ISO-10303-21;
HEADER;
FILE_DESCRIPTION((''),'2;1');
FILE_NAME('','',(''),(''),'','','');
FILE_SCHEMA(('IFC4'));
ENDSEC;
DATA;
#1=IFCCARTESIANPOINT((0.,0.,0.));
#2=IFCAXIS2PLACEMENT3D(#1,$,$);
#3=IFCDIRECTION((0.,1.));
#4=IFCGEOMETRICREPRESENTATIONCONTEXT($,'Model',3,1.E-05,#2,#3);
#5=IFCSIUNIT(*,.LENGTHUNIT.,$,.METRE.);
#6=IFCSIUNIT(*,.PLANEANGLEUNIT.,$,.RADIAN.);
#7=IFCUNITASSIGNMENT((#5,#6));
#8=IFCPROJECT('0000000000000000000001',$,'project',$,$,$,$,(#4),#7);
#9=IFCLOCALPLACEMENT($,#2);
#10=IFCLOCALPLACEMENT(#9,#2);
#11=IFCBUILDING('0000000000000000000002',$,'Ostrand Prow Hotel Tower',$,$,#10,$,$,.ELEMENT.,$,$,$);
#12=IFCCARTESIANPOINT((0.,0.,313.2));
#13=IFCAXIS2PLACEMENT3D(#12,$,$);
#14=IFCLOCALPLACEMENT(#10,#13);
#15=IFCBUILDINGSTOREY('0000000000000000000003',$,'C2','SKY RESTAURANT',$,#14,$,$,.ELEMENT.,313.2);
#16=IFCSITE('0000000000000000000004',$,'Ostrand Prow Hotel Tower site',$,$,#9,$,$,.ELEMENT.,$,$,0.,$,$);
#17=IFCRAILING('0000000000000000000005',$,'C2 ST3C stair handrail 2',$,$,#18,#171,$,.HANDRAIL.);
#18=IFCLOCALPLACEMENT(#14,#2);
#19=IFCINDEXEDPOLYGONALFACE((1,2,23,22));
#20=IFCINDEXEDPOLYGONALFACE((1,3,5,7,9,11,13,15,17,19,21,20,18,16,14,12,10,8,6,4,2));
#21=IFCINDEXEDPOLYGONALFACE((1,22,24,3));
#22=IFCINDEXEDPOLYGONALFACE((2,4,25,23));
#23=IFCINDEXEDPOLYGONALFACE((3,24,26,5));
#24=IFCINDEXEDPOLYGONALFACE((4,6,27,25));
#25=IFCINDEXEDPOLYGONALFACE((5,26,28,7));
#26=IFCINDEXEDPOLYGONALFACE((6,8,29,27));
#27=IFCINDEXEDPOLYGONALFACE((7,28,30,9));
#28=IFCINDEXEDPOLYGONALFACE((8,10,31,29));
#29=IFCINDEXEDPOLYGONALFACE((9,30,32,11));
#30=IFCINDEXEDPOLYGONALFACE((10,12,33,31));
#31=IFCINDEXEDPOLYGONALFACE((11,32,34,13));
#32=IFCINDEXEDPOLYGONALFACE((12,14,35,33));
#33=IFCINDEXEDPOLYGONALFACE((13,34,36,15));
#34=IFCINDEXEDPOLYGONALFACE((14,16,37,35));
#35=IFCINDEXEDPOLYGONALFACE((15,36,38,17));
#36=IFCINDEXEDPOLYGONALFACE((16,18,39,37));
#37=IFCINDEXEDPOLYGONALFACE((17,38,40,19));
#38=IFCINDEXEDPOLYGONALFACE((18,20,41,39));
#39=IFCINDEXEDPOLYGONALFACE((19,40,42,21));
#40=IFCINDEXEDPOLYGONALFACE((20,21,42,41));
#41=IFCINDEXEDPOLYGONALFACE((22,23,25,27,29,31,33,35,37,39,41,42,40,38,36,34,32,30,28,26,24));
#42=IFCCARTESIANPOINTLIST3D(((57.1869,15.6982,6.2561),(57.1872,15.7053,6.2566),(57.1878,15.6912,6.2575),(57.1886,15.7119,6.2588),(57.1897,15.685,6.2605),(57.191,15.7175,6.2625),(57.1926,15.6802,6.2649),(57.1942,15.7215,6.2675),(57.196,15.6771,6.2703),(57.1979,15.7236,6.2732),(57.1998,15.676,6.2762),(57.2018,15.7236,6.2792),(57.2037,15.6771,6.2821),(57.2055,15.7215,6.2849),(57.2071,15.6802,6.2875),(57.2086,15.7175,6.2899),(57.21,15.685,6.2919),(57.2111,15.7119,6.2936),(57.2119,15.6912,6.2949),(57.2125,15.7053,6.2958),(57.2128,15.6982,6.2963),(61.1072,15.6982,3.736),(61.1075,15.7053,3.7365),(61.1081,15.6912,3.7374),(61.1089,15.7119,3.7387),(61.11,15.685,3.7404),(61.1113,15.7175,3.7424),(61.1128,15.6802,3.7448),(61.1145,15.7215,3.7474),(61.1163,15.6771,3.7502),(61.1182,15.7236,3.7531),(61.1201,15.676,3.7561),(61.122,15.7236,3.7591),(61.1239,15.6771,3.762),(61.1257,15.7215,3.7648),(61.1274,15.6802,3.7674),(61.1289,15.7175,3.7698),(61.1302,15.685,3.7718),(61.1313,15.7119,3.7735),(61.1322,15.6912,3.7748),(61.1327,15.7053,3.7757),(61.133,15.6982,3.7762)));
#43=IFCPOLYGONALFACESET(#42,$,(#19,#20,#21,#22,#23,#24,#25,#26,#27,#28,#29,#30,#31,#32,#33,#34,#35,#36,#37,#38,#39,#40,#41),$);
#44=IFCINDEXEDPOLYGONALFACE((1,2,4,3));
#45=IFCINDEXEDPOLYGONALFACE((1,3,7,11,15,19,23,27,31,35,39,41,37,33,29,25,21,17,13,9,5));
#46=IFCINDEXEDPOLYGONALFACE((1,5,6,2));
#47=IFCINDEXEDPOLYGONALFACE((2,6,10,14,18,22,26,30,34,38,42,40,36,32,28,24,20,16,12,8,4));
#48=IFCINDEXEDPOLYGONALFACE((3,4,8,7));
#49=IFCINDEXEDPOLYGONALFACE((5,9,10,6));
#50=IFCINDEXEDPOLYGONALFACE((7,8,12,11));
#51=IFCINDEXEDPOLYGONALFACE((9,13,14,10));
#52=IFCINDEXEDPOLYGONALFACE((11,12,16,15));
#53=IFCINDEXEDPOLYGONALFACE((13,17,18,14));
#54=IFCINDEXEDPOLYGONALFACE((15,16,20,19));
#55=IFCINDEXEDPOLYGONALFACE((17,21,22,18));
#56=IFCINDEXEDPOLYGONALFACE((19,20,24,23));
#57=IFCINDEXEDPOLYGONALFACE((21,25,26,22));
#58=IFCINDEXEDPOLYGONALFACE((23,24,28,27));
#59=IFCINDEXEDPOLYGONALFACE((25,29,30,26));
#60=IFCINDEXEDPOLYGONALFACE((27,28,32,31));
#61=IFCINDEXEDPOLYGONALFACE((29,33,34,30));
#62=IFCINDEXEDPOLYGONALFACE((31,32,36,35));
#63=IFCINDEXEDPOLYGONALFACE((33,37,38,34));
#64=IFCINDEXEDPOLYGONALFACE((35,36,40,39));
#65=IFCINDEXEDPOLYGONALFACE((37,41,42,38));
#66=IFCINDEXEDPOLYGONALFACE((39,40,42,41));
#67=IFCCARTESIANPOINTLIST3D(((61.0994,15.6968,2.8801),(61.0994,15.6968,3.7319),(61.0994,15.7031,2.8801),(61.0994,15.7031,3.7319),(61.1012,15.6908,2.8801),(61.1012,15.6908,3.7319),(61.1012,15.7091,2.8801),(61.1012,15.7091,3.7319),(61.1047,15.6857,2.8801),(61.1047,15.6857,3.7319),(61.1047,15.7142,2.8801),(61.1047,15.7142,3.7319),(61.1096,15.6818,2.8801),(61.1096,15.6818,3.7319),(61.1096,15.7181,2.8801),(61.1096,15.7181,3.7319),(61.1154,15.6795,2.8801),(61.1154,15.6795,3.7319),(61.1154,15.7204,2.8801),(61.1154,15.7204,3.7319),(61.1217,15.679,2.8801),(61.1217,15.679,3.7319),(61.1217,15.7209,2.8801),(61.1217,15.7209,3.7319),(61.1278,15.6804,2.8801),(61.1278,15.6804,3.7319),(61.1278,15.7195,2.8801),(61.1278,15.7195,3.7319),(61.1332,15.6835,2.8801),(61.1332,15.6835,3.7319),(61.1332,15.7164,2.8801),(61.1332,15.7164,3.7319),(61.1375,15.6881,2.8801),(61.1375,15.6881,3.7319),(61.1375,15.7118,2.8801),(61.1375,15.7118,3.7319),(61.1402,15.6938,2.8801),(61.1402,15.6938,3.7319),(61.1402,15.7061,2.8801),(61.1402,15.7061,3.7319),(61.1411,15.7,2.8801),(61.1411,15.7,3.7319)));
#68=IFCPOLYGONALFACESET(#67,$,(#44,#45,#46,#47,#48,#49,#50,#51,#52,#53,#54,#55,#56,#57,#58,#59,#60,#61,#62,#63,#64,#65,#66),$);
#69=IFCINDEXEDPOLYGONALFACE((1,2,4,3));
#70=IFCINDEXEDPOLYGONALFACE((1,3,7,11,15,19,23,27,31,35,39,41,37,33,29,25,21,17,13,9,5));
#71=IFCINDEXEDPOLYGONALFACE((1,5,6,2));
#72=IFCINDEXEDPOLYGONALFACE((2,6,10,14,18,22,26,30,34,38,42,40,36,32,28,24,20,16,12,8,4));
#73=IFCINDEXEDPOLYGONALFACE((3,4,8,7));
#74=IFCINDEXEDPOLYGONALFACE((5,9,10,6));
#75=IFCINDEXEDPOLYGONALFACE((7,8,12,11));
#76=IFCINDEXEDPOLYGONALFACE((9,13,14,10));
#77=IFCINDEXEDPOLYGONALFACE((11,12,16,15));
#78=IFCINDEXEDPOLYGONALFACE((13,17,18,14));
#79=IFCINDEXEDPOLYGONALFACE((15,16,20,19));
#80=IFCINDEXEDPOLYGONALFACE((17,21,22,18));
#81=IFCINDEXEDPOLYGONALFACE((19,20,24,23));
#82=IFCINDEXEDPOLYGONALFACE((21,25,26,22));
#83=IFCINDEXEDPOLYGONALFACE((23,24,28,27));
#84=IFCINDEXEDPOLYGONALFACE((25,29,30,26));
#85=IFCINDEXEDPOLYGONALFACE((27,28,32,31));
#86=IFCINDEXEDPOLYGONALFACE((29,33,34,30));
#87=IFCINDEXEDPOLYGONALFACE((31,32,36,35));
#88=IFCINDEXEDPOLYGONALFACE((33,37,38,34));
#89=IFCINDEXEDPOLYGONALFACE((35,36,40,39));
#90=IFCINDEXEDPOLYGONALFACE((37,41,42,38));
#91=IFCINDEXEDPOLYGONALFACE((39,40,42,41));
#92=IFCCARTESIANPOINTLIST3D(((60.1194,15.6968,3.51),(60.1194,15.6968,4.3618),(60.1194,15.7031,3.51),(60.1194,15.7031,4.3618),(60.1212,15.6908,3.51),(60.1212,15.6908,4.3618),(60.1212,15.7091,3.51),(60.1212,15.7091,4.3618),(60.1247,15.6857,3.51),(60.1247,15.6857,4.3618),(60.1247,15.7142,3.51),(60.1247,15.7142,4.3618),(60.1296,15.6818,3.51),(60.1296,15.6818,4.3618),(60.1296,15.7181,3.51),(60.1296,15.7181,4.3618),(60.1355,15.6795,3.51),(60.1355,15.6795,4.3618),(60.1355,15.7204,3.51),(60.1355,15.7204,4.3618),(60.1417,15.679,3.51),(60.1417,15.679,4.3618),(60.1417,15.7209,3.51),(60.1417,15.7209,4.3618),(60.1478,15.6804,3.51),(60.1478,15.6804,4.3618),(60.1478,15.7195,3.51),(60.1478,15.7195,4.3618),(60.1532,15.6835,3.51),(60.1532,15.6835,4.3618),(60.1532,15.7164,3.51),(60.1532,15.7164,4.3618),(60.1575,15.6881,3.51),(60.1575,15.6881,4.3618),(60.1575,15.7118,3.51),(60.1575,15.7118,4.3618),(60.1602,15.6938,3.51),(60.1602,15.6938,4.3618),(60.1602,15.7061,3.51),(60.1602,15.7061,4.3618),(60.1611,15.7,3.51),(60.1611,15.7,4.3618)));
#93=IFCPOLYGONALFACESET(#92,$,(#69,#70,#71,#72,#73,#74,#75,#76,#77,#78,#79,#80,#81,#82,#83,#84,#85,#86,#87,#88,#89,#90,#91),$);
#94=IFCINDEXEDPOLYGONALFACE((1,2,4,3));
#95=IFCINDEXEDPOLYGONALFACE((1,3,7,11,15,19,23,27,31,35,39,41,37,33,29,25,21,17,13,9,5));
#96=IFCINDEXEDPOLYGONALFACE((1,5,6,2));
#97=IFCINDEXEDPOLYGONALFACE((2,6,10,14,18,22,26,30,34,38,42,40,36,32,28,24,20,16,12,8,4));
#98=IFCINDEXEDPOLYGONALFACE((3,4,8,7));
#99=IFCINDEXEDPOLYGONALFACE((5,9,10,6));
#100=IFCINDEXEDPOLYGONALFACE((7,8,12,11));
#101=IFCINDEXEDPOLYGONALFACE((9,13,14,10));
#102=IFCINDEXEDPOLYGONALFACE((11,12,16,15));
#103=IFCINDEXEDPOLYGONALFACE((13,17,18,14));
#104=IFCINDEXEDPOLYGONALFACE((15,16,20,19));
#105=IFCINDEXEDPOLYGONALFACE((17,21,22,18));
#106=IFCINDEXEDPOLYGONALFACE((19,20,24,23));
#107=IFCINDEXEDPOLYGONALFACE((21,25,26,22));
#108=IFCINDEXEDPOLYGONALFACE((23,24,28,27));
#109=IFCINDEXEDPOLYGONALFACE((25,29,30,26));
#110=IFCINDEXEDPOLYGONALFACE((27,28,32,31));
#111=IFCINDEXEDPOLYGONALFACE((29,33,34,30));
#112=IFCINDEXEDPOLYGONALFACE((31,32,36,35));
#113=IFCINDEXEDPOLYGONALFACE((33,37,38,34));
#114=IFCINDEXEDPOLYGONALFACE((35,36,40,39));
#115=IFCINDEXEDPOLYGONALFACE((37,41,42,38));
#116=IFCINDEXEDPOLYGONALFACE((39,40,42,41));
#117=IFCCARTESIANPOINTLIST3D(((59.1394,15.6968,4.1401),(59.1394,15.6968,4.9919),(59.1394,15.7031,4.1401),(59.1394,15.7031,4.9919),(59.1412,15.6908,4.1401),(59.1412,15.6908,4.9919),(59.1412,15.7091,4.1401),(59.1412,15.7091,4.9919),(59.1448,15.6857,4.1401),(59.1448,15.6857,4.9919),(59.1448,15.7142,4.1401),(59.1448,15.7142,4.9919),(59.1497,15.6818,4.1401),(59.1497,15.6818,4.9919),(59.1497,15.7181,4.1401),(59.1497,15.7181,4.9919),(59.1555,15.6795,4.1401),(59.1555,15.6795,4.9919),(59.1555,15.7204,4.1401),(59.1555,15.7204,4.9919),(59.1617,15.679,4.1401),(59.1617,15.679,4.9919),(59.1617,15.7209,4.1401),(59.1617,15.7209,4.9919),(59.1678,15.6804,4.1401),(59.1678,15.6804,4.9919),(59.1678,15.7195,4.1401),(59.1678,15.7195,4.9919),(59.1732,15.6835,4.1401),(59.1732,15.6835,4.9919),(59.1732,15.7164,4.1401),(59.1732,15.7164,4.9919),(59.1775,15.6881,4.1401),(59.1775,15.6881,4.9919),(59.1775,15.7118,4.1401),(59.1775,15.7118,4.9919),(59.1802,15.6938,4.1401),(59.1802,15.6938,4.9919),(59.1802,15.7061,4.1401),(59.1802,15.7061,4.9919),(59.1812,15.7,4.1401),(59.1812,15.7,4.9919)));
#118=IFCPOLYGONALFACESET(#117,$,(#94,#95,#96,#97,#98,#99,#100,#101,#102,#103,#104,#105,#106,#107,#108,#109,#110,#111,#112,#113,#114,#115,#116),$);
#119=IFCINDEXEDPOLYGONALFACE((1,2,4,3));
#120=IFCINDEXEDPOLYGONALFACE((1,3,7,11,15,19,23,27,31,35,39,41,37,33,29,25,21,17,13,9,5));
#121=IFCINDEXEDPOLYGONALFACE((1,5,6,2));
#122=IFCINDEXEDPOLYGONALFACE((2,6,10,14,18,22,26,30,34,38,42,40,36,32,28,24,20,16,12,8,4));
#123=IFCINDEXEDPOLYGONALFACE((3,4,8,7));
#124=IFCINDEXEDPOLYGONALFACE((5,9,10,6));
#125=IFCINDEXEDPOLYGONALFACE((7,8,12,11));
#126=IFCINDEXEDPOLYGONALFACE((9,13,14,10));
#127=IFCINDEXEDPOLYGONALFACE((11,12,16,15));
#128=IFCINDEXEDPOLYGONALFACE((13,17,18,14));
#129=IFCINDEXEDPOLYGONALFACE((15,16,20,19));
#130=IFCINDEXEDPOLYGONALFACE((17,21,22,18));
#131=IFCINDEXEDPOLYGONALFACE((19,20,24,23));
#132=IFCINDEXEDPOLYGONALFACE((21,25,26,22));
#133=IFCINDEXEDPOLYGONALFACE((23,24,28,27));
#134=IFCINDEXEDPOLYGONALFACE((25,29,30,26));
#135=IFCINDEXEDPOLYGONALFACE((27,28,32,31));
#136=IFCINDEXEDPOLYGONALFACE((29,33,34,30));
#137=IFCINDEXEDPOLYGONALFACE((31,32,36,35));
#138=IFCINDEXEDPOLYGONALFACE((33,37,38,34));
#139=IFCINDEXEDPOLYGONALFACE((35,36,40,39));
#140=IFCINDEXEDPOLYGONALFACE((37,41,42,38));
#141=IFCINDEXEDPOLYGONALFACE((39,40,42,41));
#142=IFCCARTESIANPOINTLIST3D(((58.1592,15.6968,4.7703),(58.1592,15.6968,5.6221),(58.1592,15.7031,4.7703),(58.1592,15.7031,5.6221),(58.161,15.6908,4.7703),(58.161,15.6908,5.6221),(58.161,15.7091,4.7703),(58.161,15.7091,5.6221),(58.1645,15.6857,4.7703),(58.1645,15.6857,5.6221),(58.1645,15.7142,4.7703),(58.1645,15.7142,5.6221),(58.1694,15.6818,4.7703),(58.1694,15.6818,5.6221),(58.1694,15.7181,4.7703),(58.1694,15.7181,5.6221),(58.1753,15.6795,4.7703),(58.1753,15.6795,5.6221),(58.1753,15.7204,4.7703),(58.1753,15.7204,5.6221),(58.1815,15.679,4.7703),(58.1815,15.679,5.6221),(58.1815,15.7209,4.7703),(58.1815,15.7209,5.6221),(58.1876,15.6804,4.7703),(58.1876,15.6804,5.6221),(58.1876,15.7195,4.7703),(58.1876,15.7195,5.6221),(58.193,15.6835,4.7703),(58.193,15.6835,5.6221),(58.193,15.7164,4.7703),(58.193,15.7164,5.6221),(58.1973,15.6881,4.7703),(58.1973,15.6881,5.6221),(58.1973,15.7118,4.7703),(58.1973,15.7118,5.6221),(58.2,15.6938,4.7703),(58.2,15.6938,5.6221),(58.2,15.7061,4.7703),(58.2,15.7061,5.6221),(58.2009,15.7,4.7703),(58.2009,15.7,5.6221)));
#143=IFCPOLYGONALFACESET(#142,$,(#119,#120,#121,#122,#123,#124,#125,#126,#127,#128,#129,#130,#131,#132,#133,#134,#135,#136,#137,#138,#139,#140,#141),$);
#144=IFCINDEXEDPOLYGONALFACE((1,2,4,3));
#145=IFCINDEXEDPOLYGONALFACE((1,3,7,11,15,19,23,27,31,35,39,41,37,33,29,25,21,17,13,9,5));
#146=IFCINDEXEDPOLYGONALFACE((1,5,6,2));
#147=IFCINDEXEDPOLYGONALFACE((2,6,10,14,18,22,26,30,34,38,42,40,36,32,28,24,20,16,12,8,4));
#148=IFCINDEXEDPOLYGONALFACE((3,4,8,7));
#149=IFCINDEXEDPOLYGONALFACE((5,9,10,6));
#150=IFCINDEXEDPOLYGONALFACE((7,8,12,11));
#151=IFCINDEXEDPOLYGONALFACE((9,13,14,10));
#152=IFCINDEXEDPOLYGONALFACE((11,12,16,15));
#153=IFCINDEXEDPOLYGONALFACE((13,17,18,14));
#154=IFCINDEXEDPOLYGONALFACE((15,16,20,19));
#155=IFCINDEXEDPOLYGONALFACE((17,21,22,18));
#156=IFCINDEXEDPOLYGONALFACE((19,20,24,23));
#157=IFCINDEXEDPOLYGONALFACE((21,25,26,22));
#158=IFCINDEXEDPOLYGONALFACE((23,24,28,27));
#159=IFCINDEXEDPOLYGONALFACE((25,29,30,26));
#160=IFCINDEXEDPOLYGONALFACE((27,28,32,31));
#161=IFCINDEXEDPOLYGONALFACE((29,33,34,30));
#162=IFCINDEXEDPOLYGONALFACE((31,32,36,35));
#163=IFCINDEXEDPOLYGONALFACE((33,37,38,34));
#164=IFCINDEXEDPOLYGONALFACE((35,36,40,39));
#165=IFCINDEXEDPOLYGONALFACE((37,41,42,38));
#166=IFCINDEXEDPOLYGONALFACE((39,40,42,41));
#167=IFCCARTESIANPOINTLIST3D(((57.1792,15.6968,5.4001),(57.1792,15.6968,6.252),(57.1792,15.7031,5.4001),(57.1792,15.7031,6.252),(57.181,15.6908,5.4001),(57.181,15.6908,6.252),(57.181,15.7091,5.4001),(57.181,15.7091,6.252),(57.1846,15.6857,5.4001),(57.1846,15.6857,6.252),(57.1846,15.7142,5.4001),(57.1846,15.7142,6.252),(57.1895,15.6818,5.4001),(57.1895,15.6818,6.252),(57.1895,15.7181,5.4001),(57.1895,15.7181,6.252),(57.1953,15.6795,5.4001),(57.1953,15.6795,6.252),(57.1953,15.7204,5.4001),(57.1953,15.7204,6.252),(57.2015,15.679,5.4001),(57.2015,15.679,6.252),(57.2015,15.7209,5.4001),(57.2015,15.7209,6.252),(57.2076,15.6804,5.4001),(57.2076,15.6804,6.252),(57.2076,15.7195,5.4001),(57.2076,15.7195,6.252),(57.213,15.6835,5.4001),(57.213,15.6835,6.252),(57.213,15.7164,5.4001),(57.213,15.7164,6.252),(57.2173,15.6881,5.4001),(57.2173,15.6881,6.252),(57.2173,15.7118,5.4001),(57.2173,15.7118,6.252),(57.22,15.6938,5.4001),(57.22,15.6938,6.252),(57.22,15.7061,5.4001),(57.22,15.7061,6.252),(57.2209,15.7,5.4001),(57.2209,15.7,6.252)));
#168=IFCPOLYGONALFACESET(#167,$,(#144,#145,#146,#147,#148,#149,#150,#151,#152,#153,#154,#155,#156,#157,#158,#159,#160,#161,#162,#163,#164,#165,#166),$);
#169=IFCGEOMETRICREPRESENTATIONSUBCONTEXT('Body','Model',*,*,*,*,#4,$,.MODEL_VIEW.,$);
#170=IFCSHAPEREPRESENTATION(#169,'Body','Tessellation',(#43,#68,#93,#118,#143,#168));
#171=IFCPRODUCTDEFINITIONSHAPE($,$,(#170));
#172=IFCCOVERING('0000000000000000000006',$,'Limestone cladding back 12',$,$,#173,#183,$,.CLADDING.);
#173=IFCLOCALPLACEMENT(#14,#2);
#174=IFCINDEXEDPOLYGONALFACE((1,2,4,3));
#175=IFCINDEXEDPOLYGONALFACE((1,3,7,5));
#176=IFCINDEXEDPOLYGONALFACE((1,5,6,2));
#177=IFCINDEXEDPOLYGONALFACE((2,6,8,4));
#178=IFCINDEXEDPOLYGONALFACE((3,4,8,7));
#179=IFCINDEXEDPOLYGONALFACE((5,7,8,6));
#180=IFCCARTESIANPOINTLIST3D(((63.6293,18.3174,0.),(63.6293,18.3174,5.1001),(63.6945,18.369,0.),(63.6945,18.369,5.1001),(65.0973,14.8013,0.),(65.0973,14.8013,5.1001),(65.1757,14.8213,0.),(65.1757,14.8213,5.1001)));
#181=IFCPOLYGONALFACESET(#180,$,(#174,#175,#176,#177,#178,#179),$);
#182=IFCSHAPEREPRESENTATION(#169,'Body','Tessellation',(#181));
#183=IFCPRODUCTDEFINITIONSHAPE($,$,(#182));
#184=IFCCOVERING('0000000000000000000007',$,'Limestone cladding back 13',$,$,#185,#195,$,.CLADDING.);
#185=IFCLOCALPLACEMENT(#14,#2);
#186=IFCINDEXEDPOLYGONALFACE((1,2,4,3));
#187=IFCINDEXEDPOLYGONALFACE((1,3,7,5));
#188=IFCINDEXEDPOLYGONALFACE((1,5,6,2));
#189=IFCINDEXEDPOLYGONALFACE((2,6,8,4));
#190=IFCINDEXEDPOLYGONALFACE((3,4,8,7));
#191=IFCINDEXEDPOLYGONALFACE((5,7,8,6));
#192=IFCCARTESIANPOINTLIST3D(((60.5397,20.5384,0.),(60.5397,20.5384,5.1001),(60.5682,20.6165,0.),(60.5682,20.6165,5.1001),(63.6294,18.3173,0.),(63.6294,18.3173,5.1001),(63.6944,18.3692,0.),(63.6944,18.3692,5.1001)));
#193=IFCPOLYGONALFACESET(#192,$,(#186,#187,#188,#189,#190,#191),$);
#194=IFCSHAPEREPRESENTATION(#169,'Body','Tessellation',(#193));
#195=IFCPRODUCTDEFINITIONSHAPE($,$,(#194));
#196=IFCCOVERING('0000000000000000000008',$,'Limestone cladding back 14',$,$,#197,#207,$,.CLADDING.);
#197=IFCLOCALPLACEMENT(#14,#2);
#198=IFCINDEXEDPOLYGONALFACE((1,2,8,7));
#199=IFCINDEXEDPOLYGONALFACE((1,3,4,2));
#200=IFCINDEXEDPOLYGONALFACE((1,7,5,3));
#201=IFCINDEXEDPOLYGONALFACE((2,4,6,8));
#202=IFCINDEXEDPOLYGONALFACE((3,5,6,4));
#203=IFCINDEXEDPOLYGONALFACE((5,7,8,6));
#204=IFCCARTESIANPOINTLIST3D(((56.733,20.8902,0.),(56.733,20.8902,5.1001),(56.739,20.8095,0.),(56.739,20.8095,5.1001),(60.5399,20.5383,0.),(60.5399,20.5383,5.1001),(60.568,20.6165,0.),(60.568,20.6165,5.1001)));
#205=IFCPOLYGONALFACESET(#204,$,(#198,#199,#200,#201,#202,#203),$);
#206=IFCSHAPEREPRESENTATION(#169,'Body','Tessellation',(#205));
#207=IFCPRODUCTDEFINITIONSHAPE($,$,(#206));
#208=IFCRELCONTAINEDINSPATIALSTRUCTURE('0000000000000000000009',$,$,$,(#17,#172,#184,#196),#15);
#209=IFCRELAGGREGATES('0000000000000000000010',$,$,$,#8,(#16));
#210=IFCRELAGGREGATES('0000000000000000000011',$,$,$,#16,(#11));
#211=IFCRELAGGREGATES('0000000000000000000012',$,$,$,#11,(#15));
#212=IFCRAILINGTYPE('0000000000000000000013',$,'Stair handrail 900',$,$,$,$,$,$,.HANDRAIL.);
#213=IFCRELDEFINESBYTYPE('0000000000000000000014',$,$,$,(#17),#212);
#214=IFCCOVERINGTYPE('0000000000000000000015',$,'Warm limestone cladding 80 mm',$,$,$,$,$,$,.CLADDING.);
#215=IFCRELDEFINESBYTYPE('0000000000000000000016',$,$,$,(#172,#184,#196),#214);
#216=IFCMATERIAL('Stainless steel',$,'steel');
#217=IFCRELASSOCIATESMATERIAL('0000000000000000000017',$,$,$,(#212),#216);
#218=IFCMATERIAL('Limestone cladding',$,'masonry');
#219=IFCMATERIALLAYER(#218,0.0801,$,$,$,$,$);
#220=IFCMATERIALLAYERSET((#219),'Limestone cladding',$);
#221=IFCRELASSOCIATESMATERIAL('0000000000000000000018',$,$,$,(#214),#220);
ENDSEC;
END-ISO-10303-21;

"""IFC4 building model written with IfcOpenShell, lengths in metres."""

from ifc_helpers import new_model, si_unit, direction, frame, origin, origin_2d, place, context, subcontext, project, spatial, polyline, circle, outline, extrude, material, layer, layer_set, type_object, element, save


model = new_model("IFC4")

# Units and contexts
model_context = context("Model", 3, precision=1e-05, world=origin(), true_north=direction((0.0, 1.0)))
body_context = subcontext(model_context, "Body", "Model", "MODEL_VIEW")
ifc_project = project(units=[si_unit("LENGTHUNIT", "METRE"), si_unit("PLANEANGLEUNIT", "RADIAN")], contexts=[model_context])

# Site, building, storey
site_placement = place(None, origin())
site = spatial("IfcSite", under=ifc_project, at=site_placement, Name="Ostrand Prow Hotel Tower site", CompositionType="ELEMENT", RefElevation=0.0)
building_placement = place(site_placement, origin())
building = spatial("IfcBuilding", under=site, at=building_placement, Name="Ostrand Prow Hotel Tower", CompositionType="ELEMENT")
storey_placement = place(building_placement, frame((0.0, 0.0, 313.2)))
storey = spatial("IfcBuildingStorey", under=building, at=storey_placement, Name="C2", Description="SKY RESTAURANT", CompositionType="ELEMENT", Elevation=313.2)

# Railing
ifc_material_1 = material(Name="Stainless steel", Category="steel")
railing_type_1 = type_object("IfcRailingType", Name="Stair handrail 900", PredefinedType="HANDRAIL", material=ifc_material_1)
railing_1_placement = place(storey_placement, frame((61.1201, 15.7, 2.8801)))
element("IfcRailing", 1, at=railing_1_placement, inside=storey, type_object=railing_type_1, Name="C2 ST3C stair handrail 2", PredefinedType="HANDRAIL", context=body_context, shape_type="SweptSolid", body=[
    extrude(circle(Radius=0.0239, at=origin_2d()), frame((0.0, 0.0, 0.876), z_axis=(-0.841187, 0.0, 0.540744), x_axis=(0.0, -1.0, 0.0)), (0.0, 0.0, 1.0), 4.6604),
    extrude(circle(Radius=0.021, at=origin_2d()), origin(), (0.0, 0.0, 1.0), 0.8518),
    extrude(circle(Radius=0.021, at=origin_2d()), frame((-0.98, 0.0, 0.6299)), (0.0, 0.0, 1.0), 0.8518),
    extrude(circle(Radius=0.021, at=origin_2d()), frame((-1.96, 0.0, 1.26)), (0.0, 0.0, 1.0), 0.8518),
    extrude(circle(Radius=0.021, at=origin_2d()), frame((-2.9402, 0.0, 1.8901)), (0.0, 0.0, 1.0), 0.8518),
    extrude(circle(Radius=0.021, at=origin_2d()), frame((-3.9202, 0.0, 2.52)), (0.0, 0.0, 1.0), 0.8518),
])

# Coverings
ifc_material_2 = material(Name="Limestone cladding", Category="masonry")
ifc_layer_1 = layer(ifc_material_2, 0.0801)
ifc_layer_set_1 = layer_set([ifc_layer_1], Name="Limestone cladding")
covering_type = type_object("IfcCoveringType", Name="Warm limestone cladding 80 mm", PredefinedType="CLADDING", material=ifc_layer_set_1)
covering_1_placement = place(storey_placement, frame((65.1365, 14.8113, 0.0), z_axis=(0.0, 0.0, 1.0), x_axis=(-0.385272, 0.922803, 0.0)))
element("IfcCovering", 2, at=covering_1_placement, inside=storey, type_object=covering_type, Name="Limestone cladding back 12", PredefinedType="CLADDING", context=body_context, shape_type="SweptSolid", body=[
    extrude(outline(polyline([(-0.0059, -0.04), (3.8386, -0.04), (3.8162, 0.04), (0.0059, 0.04), (-0.0059, -0.04)])), origin(), (0.0, 0.0, 1.0), 5.1001),
])
covering_2_placement = place(storey_placement, frame((63.6619, 18.3433, 0.0), z_axis=(0.0, 0.0, 1.0), x_axis=(-0.811976, 0.583691, 0.0)))
element("IfcCovering", 3, at=covering_2_placement, inside=storey, type_object=covering_type, Name="Limestone cladding back 13", PredefinedType="CLADDING", context=body_context, shape_type="SweptSolid", body=[
    extrude(outline(polyline([(-0.0112, -0.04), (3.8389, -0.04), (3.8164, 0.04), (0.0112, 0.04), (-0.0112, -0.04)])), origin(), (0.0, 0.0, 1.0), 5.1001),
])
covering_3_placement = place(storey_placement, frame((60.554, 20.5774, 0.0), z_axis=(0.0, 0.0, 1.0), x_axis=(-0.997463, 0.071184, 0.0)))
element("IfcCovering", 4, at=covering_3_placement, inside=storey, type_object=covering_type, Name="Limestone cladding back 14", PredefinedType="CLADDING", context=body_context, shape_type="SweptSolid", body=[
    extrude(outline(polyline([(-0.0112, -0.04), (3.8335, -0.04), (3.8218, 0.04), (0.0112, 0.04), (-0.0112, -0.04)])), origin(), (0.0, 0.0, 1.0), 5.1001),
])

save(model, "model.ifc")
